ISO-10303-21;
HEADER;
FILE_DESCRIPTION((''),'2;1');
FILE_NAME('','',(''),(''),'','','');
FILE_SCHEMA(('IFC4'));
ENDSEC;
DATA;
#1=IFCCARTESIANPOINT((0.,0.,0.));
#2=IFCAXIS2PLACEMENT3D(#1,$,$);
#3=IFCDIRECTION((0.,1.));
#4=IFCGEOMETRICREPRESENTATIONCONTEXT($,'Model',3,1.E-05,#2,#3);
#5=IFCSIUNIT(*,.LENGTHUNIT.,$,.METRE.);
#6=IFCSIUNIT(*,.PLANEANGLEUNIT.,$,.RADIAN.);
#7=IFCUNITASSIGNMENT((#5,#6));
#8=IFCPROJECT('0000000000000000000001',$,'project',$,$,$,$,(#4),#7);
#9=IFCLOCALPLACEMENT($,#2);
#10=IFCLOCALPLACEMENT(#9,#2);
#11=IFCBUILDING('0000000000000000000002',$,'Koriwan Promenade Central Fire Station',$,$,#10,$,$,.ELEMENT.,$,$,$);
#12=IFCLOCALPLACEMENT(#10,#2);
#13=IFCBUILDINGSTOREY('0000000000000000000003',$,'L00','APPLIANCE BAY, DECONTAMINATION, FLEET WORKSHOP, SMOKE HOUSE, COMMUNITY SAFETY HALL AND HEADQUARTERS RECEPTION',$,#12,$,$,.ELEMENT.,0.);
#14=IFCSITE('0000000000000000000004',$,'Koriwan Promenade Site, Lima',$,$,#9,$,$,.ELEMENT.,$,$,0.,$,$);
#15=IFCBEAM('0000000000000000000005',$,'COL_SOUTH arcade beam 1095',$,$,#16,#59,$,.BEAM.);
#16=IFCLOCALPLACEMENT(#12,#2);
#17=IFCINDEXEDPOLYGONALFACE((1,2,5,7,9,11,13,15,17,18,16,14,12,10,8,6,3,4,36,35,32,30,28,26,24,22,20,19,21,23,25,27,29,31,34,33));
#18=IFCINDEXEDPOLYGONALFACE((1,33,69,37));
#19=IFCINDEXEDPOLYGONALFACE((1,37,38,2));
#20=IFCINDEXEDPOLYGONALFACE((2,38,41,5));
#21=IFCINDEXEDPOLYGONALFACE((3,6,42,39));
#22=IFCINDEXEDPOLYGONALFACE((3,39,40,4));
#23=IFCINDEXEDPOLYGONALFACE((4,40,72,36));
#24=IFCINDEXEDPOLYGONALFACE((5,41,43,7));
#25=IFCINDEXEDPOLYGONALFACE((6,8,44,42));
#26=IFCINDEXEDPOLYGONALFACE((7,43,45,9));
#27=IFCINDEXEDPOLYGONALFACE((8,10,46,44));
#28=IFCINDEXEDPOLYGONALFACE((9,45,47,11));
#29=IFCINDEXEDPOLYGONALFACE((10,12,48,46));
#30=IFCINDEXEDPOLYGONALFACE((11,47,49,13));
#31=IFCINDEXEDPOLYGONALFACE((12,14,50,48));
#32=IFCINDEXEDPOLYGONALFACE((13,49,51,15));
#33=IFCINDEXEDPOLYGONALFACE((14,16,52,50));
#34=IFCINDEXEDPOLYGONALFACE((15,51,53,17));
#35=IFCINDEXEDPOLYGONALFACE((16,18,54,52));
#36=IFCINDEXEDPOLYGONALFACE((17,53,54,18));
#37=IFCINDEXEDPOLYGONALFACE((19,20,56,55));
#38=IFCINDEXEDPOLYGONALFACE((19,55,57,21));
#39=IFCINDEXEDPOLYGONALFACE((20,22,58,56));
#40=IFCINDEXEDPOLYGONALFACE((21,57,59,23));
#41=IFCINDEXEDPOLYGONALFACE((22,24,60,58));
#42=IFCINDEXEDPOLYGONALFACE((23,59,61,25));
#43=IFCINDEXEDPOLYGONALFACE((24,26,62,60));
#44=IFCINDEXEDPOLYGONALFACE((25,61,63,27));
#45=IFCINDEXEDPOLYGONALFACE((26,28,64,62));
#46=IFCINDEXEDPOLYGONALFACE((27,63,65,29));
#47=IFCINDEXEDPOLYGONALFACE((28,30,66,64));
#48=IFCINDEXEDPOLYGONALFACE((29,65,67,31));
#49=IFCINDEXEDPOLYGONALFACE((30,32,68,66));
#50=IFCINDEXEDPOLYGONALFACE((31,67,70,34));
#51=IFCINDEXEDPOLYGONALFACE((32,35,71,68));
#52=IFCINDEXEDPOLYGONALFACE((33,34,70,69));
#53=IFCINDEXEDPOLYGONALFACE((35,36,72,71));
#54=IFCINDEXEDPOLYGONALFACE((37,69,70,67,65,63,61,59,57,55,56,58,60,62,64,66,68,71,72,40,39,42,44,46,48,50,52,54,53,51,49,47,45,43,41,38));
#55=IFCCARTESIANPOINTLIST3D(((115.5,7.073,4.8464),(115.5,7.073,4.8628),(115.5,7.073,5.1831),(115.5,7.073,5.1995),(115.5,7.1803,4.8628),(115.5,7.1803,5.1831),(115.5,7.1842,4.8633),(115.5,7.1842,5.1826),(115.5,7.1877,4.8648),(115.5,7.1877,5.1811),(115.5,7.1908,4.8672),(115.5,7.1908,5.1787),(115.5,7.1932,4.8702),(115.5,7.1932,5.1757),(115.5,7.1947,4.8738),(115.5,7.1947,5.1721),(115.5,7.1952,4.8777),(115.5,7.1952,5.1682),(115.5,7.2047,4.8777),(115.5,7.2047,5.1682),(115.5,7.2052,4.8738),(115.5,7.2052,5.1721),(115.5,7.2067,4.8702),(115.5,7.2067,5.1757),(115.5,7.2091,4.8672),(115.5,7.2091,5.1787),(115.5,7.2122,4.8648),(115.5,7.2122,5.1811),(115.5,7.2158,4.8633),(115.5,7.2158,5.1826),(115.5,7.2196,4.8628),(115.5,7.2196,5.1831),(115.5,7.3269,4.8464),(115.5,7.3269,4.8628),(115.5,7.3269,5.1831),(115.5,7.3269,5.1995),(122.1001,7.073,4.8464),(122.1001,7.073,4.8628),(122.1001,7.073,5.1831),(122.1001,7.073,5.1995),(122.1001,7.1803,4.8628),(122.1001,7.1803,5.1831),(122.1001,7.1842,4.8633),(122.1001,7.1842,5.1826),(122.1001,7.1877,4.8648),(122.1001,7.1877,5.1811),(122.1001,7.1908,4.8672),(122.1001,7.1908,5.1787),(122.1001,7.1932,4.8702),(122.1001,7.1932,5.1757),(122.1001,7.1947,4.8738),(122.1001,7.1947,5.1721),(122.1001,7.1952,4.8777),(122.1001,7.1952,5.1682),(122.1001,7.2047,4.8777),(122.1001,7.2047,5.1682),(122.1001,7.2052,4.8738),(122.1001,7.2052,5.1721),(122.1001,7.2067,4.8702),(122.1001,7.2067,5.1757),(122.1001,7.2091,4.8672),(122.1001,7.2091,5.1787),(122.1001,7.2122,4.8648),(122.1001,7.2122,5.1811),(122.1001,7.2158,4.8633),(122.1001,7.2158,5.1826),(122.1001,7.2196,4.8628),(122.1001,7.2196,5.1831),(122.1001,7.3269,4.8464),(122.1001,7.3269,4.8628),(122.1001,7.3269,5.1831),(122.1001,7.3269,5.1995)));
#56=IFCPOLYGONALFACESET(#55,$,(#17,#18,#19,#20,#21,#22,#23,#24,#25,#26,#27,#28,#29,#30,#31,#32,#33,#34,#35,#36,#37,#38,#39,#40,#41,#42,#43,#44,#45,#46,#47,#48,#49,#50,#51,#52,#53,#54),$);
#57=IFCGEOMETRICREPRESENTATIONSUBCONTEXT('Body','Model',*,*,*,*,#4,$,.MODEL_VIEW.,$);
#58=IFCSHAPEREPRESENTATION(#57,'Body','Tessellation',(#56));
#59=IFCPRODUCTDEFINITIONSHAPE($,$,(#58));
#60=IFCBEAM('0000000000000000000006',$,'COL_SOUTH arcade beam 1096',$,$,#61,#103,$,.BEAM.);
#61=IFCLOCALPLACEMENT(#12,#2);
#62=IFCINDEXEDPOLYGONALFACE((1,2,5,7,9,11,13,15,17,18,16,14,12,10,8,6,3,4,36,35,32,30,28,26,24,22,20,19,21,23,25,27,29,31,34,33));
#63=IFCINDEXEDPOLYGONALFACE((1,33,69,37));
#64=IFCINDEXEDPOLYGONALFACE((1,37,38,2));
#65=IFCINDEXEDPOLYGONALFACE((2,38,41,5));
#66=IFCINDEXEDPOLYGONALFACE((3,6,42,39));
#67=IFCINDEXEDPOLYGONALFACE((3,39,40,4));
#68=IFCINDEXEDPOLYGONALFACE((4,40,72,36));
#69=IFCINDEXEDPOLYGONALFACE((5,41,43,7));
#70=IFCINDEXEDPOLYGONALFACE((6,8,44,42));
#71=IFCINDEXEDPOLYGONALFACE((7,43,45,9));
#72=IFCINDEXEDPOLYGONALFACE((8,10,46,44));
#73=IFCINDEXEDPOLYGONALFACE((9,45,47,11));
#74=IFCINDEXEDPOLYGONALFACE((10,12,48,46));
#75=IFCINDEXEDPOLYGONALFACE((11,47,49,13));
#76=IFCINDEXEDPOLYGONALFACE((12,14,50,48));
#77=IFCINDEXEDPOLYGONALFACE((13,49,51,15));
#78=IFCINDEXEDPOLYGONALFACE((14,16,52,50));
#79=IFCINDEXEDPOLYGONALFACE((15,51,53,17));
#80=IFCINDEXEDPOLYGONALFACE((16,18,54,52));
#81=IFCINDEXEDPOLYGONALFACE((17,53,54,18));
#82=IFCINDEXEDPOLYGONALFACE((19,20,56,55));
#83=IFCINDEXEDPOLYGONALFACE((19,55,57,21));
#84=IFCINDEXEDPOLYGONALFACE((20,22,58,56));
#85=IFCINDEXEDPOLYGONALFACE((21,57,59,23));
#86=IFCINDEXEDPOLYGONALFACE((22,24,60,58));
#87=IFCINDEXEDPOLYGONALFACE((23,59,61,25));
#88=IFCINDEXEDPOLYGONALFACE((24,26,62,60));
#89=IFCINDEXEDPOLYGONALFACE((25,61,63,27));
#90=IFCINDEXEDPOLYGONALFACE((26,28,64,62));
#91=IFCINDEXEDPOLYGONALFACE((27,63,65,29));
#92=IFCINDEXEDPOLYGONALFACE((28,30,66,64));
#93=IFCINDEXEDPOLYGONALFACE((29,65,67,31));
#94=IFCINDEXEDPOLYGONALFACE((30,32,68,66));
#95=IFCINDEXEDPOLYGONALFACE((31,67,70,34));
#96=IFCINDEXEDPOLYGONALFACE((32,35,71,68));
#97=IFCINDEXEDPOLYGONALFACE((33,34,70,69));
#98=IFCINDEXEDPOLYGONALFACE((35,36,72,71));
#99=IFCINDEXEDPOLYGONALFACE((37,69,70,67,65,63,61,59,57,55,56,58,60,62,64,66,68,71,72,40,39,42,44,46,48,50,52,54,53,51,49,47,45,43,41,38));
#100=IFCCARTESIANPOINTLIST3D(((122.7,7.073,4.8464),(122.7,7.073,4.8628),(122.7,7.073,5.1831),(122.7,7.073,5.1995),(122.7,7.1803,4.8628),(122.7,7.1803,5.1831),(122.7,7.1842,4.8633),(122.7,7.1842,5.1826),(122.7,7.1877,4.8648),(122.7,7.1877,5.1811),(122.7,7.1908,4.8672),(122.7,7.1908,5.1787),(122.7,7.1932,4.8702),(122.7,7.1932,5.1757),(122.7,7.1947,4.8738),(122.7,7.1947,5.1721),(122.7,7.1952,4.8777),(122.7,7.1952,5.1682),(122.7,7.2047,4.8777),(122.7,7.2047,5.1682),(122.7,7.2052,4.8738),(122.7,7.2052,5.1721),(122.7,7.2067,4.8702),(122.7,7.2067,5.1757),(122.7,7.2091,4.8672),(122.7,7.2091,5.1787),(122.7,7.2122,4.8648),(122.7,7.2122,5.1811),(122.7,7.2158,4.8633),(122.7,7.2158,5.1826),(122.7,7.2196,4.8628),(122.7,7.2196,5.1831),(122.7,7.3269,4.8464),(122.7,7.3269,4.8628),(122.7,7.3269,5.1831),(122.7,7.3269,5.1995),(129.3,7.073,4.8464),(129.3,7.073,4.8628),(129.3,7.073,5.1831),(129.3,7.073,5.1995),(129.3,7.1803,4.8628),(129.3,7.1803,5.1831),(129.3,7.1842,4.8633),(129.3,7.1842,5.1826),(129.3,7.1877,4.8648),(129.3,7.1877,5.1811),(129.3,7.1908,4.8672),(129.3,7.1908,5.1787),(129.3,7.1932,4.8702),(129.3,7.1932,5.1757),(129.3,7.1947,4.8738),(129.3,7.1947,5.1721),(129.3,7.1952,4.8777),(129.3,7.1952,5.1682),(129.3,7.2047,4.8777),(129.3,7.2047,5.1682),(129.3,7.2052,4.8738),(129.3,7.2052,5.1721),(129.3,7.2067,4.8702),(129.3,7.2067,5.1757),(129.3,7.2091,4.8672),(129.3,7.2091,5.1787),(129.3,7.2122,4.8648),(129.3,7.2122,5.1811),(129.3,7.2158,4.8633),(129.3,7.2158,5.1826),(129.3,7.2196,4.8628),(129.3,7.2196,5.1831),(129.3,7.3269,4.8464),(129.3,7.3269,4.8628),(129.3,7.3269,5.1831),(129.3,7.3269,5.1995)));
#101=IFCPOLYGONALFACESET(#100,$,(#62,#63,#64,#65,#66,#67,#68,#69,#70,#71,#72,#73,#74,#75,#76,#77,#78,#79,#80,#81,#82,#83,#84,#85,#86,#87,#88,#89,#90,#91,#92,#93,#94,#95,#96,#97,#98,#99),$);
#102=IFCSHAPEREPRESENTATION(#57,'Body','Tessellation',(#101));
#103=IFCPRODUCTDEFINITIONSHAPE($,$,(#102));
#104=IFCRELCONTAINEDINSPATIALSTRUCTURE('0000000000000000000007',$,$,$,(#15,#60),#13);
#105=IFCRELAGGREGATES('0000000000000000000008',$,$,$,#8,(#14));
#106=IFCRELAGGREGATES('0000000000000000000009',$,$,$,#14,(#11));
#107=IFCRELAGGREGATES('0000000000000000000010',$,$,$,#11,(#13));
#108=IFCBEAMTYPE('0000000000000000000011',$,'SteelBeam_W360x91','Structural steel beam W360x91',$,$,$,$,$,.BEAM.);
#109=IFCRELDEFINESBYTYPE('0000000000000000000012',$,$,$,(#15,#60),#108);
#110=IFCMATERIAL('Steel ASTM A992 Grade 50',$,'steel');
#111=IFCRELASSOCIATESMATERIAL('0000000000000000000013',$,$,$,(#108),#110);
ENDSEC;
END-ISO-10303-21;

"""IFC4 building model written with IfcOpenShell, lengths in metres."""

from ifc_helpers import new_model, si_unit, direction, frame, origin, origin_2d, place, context, subcontext, project, spatial, i_section, extrude, material, material_profile, profile_set, type_object, element, save


model = new_model("IFC4")

# Units and contexts
model_context = context("Model", 3, precision=1e-05, world=origin(), true_north=direction((0.0, 1.0)))
body_context = subcontext(model_context, "Body", "Model", "MODEL_VIEW")
ifc_project = project(units=[si_unit("LENGTHUNIT", "METRE"), si_unit("PLANEANGLEUNIT", "RADIAN")], contexts=[model_context])

# Site, building, storey
site_placement = place(None, origin())
site = spatial("IfcSite", under=ifc_project, at=site_placement, Name="Koriwan Promenade Site, Lima", CompositionType="ELEMENT", RefElevation=0.0)
building_placement = place(site_placement, origin())
building = spatial("IfcBuilding", under=site, at=building_placement, Name="Koriwan Promenade Central Fire Station", CompositionType="ELEMENT")
storey_placement = place(building_placement, origin())
storey = spatial("IfcBuildingStorey", under=building, at=storey_placement, Name="L00", Description="APPLIANCE BAY, DECONTAMINATION, FLEET WORKSHOP, SMOKE HOUSE, COMMUNITY SAFETY HALL AND HEADQUARTERS RECEPTION", CompositionType="ELEMENT", Elevation=0.0)

# Beams
ifc_material_1 = material(Name="Steel ASTM A992 Grade 50", Category="steel")
ifc_material_profile_1 = material_profile(ifc_material_1, i_section(OverallWidth=0.2539, OverallDepth=0.353, WebThickness=0.0095, FlangeThickness=0.0164, FilletRadius=0.0149, at=origin_2d()), Name="W360x91")
ifc_profile_set_1 = profile_set([ifc_material_profile_1], Name="Steel ASTM A992 Grade 50")
beam_type_1 = type_object("IfcBeamType", Name="SteelBeam_W360x91", Description="Structural steel beam W360x91", PredefinedType="BEAM", material=ifc_profile_set_1)
for number, where, z_axis, x_axis, name in (
    (1, (115.5, 7.2, 5.0229), (1.0, 0.0, 0.0), (0.0, 1.0, 0.0), "COL_SOUTH arcade beam 1095"),
    (2, (122.7, 7.2, 5.0229), (1.0, 0.0, 0.0), (0.0, 1.0, 0.0), "COL_SOUTH arcade beam 1096"),
):
    element("IfcBeam", number, at=place(storey_placement, frame(where, z_axis=z_axis, x_axis=x_axis)), inside=storey, type_object=beam_type_1, Name=name, PredefinedType="BEAM", context=body_context, shape_type="SweptSolid", body=[
        extrude(i_section(OverallWidth=0.2539, OverallDepth=0.353, WebThickness=0.0095, FlangeThickness=0.0164, FilletRadius=0.0149, at=origin_2d()), origin(), (0.0, 0.0, 1.0), 6.6001),
    ])

save(model, "model.ifc")
